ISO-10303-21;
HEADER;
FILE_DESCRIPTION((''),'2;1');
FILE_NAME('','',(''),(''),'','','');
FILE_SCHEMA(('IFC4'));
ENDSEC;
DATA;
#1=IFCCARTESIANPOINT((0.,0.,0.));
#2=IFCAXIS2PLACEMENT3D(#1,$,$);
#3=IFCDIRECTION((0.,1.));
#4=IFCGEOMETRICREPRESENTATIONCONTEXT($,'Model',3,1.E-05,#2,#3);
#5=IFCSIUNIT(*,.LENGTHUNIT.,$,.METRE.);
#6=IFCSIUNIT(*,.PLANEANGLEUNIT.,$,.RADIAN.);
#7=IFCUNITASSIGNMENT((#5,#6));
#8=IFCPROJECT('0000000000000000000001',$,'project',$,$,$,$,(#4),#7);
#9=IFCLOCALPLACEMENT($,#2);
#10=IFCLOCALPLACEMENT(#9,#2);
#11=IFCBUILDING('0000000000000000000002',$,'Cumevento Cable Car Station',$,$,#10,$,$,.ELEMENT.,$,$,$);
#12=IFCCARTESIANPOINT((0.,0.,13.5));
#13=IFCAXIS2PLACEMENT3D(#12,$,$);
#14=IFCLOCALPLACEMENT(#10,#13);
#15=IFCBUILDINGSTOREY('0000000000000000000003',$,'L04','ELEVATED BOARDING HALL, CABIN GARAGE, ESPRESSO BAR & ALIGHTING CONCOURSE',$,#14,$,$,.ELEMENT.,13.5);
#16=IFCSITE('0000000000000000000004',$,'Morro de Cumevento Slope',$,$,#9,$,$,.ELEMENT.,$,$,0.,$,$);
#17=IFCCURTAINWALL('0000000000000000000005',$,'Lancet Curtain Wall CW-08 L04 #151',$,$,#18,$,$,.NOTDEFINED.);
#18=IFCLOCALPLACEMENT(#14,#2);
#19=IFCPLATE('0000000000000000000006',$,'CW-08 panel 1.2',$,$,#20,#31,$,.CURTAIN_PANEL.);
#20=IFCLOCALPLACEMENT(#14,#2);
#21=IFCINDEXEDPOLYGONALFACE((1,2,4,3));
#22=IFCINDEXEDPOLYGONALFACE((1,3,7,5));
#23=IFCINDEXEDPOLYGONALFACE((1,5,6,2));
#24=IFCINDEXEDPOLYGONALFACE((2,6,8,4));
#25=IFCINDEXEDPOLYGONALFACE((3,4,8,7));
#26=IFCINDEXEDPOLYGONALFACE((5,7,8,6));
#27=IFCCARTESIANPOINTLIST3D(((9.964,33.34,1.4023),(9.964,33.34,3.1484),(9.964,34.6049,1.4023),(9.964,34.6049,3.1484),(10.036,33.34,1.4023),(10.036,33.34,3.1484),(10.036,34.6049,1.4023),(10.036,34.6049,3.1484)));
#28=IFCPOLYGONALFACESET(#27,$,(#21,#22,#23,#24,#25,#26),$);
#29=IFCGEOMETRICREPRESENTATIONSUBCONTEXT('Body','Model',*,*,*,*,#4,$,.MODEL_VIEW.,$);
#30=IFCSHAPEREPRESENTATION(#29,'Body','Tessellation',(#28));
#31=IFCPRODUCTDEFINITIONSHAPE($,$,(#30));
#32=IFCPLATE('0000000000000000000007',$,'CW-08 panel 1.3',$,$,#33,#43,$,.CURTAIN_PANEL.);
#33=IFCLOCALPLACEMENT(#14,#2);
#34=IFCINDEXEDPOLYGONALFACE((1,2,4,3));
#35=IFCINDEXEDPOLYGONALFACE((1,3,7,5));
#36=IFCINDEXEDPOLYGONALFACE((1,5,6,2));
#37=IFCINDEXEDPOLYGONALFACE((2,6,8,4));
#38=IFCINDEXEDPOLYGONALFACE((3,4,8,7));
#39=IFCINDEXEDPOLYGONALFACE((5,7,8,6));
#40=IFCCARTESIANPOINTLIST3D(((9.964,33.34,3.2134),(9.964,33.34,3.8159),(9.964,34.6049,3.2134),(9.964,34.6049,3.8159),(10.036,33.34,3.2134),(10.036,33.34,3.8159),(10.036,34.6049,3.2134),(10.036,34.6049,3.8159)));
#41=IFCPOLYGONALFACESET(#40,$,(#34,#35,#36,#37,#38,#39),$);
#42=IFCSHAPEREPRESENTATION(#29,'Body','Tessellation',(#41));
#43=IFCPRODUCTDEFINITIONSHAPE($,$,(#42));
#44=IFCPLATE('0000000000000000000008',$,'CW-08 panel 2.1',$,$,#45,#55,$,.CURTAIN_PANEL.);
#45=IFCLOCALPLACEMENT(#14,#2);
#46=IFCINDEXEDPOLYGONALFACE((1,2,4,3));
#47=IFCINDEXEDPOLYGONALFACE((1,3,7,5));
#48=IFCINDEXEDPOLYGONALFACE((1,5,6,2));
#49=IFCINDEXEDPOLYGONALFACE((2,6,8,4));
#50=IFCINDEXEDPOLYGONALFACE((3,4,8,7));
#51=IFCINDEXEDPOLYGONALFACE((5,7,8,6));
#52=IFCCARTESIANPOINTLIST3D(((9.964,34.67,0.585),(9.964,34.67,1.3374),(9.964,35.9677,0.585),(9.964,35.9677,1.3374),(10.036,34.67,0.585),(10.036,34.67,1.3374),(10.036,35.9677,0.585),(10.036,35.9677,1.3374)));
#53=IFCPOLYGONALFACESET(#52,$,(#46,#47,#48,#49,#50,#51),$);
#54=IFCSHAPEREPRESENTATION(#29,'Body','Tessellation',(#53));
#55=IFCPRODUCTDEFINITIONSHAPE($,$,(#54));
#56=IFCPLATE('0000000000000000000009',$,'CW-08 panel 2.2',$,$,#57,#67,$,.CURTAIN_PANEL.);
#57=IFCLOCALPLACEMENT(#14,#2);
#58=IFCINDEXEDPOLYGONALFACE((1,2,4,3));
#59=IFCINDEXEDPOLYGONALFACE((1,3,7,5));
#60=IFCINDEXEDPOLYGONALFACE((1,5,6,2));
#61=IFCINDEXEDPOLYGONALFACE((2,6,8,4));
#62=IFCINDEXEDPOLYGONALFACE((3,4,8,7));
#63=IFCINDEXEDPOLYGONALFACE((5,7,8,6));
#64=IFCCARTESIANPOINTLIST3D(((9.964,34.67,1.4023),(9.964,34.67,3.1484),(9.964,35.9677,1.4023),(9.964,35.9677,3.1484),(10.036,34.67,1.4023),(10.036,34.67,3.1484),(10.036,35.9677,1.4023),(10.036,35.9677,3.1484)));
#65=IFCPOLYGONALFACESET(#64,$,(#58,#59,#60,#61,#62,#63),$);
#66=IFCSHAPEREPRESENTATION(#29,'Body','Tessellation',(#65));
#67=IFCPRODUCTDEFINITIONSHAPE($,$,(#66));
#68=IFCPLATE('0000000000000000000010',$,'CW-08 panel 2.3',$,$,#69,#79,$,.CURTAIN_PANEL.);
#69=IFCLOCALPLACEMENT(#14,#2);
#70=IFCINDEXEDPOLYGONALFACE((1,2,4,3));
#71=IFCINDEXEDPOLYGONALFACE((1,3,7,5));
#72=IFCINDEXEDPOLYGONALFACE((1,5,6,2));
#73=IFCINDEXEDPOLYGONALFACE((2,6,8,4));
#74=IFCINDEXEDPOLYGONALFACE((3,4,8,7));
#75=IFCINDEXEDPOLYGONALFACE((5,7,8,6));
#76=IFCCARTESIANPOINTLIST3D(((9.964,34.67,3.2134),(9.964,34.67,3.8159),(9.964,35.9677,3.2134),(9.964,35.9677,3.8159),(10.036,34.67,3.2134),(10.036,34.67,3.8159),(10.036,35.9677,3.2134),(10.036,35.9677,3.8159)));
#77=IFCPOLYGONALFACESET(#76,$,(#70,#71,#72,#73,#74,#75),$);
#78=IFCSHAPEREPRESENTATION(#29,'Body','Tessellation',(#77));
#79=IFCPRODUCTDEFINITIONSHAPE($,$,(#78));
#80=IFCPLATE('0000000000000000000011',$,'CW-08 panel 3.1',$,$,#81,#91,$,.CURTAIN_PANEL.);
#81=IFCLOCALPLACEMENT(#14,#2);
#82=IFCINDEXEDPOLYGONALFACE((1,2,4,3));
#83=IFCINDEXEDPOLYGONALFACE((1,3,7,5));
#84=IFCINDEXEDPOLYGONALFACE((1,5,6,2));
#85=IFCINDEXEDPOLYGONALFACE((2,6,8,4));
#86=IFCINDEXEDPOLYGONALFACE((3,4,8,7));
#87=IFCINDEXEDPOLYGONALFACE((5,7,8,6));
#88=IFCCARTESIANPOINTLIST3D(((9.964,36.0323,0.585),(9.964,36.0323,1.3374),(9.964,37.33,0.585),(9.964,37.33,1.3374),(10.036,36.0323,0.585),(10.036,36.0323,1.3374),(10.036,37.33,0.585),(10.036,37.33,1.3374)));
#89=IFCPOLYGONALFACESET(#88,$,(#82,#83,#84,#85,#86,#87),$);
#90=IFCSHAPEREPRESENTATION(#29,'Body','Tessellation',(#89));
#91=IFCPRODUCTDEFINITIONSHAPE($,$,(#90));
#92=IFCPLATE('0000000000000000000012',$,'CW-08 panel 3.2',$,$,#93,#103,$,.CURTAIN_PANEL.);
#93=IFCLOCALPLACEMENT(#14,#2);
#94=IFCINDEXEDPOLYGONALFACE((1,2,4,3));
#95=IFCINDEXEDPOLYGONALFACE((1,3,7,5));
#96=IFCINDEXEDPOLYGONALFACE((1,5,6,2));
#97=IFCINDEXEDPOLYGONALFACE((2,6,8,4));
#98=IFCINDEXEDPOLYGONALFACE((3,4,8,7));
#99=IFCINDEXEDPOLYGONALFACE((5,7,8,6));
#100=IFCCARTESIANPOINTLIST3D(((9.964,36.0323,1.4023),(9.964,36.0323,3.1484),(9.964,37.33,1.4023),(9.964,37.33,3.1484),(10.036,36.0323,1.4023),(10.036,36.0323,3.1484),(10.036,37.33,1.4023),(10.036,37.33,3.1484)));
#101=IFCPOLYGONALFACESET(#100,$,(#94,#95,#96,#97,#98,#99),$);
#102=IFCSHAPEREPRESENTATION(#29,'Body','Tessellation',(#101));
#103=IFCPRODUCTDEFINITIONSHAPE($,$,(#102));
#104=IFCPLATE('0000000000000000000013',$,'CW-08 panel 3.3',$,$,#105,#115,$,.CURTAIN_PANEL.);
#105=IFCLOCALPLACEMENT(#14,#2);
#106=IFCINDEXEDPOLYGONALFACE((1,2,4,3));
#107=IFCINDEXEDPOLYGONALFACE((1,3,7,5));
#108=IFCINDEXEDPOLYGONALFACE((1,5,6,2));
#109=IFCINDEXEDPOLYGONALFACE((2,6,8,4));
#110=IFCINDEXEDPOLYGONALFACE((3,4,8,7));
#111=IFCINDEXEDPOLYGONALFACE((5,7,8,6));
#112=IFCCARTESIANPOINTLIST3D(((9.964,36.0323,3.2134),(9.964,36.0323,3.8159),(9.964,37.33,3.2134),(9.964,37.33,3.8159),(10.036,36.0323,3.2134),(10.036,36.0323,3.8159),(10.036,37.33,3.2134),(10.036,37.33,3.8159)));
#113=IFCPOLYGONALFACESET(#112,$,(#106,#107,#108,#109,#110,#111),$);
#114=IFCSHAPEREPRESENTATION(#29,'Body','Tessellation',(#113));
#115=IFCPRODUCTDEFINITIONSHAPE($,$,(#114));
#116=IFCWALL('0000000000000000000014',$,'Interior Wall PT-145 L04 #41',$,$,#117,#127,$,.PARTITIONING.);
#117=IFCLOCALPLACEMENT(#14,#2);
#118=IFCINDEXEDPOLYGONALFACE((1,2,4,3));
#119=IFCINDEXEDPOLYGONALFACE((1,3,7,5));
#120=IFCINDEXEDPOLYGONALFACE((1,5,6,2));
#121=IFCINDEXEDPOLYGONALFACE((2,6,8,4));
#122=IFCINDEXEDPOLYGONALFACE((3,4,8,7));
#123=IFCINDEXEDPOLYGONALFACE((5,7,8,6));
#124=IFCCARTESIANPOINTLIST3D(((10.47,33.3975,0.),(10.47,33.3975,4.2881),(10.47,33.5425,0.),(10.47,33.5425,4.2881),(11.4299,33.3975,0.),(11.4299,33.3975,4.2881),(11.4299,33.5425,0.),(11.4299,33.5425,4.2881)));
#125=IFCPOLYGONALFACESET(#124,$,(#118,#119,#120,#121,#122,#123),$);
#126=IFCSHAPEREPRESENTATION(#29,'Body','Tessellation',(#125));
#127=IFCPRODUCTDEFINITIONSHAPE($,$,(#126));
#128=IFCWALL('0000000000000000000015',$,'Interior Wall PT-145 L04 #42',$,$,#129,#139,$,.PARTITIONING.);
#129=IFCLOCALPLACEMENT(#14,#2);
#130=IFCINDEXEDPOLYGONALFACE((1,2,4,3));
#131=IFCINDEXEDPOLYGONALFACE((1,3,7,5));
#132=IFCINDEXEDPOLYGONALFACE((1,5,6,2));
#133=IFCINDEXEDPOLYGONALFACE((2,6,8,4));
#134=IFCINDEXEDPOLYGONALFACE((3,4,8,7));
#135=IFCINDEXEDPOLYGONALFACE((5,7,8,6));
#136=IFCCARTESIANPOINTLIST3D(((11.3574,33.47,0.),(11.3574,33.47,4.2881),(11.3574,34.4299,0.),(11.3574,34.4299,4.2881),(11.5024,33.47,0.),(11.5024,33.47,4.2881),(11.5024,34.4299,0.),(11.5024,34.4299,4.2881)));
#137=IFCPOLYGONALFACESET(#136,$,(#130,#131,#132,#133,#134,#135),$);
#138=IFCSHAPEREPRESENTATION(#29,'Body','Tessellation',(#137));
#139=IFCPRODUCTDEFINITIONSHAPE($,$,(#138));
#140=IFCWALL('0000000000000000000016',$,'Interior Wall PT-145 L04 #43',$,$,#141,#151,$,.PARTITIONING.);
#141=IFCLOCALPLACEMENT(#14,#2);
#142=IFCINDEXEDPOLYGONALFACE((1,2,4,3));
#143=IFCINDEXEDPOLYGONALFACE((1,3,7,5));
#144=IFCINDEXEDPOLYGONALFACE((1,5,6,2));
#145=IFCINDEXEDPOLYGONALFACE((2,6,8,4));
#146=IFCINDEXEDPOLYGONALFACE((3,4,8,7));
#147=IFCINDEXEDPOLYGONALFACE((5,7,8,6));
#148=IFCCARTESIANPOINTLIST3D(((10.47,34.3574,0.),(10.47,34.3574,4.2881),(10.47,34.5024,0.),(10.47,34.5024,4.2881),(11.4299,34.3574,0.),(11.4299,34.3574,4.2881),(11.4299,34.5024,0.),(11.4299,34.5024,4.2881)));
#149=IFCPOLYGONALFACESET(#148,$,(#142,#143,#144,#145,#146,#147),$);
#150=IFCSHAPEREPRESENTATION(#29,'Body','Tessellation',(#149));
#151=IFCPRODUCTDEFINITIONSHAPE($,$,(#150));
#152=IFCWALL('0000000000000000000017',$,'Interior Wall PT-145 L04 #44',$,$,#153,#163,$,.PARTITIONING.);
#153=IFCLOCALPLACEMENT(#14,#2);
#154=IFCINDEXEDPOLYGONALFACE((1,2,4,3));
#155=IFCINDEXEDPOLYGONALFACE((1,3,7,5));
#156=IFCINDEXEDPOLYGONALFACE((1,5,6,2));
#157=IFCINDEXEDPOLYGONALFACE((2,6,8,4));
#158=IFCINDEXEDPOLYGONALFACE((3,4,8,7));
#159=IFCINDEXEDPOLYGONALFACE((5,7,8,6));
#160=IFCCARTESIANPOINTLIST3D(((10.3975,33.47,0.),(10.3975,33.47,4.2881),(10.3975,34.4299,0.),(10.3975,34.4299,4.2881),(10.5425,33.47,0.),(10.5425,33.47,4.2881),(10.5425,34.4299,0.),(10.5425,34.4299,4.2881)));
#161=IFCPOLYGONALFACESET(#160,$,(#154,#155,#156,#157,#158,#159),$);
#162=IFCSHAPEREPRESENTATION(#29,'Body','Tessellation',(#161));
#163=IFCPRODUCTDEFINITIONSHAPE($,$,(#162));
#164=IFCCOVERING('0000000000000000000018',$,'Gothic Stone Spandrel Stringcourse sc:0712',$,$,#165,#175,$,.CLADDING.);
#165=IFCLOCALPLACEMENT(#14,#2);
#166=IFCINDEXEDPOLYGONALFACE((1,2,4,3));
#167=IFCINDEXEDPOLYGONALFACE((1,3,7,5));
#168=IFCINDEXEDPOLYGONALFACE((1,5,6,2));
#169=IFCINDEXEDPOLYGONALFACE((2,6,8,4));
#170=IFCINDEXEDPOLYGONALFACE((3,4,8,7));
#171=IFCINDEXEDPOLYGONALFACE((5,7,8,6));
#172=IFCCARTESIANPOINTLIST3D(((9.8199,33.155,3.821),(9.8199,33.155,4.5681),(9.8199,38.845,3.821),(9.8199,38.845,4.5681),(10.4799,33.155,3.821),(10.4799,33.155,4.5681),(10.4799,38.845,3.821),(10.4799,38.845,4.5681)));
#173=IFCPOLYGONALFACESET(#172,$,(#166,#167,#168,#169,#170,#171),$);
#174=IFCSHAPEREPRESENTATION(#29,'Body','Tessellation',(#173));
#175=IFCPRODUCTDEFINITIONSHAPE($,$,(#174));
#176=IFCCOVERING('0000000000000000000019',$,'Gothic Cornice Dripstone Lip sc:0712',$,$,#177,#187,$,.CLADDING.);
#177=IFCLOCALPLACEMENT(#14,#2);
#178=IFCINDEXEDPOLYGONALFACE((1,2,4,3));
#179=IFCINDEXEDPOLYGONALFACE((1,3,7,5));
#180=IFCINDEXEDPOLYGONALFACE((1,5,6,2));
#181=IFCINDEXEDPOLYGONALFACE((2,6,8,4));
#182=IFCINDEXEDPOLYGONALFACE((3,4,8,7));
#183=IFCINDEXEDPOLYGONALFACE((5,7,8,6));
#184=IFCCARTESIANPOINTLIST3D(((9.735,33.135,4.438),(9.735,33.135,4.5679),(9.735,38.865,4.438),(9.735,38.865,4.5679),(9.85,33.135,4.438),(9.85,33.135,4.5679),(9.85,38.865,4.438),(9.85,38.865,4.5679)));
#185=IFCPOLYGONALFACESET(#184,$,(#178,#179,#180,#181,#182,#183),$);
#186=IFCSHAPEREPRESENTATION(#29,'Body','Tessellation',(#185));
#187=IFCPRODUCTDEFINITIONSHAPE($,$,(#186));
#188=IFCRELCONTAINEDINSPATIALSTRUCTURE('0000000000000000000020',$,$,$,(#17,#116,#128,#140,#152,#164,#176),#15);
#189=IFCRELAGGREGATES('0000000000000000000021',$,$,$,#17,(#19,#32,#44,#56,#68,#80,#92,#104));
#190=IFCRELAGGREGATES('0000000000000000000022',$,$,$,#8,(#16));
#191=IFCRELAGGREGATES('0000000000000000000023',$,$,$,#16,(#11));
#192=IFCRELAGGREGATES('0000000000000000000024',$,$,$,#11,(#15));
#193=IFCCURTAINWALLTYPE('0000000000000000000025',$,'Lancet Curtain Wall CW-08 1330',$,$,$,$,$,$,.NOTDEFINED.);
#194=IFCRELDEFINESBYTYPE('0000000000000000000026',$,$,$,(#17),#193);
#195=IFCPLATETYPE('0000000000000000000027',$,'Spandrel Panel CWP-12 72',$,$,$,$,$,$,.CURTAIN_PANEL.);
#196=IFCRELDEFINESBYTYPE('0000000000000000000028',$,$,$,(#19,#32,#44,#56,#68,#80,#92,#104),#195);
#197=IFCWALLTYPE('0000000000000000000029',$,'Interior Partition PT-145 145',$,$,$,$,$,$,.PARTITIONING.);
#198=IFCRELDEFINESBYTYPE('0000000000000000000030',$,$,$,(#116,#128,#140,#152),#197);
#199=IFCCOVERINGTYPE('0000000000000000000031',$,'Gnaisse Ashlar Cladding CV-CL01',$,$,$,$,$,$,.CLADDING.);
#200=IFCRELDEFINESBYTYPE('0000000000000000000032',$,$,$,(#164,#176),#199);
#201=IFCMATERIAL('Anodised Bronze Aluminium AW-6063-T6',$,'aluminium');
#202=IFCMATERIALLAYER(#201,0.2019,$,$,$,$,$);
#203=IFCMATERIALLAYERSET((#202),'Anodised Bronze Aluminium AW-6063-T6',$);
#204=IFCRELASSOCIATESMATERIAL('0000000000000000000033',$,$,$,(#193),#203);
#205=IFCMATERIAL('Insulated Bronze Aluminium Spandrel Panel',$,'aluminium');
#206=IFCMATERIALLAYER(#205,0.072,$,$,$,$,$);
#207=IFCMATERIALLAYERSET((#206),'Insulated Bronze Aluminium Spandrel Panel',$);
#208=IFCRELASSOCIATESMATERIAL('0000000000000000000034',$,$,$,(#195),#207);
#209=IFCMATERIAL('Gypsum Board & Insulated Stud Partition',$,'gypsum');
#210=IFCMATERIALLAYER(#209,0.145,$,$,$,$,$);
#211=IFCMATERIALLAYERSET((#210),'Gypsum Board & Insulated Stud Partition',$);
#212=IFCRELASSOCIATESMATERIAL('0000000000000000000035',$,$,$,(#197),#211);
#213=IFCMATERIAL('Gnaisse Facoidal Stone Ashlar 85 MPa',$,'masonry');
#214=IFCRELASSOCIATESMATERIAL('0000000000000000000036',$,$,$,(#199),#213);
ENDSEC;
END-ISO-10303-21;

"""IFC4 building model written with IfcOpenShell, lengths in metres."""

from ifc_helpers import new_model, si_unit, direction, frame, frame_2d, origin, origin_2d, place, context, subcontext, project, spatial, rectangle, extrude, material, layer, layer_set, type_object, element, aggregate, save


model = new_model("IFC4")

# Units and contexts
model_context = context("Model", 3, precision=1e-05, world=origin(), true_north=direction((0.0, 1.0)))
body_context = subcontext(model_context, "Body", "Model", "MODEL_VIEW")
ifc_project = project(units=[si_unit("LENGTHUNIT", "METRE"), si_unit("PLANEANGLEUNIT", "RADIAN")], contexts=[model_context])

# Site, building, storey
site_placement = place(None, origin())
site = spatial("IfcSite", under=ifc_project, at=site_placement, Name="Morro de Cumevento Slope", CompositionType="ELEMENT", RefElevation=0.0)
building_placement = place(site_placement, origin())
building = spatial("IfcBuilding", under=site, at=building_placement, Name="Cumevento Cable Car Station", CompositionType="ELEMENT")
storey_placement = place(building_placement, frame((0.0, 0.0, 13.5)))
storey = spatial("IfcBuildingStorey", under=building, at=storey_placement, Name="L04", Description="ELEVATED BOARDING HALL, CABIN GARAGE, ESPRESSO BAR & ALIGHTING CONCOURSE", CompositionType="ELEMENT", Elevation=13.5)

# Curtain wall, plates
ifc_material_1 = material(Name="Anodised Bronze Aluminium AW-6063-T6", Category="aluminium")
ifc_layer_1 = layer(ifc_material_1, 0.2019)
ifc_layer_set_1 = layer_set([ifc_layer_1], Name="Anodised Bronze Aluminium AW-6063-T6")
curtain_wall_type = type_object("IfcCurtainWallType", Name="Lancet Curtain Wall CW-08 1330", PredefinedType="NOTDEFINED", material=ifc_layer_set_1)
curtain_wall_placement = place(storey_placement, origin())
curtain_wall = element("IfcCurtainWall", 1, at=curtain_wall_placement, inside=storey, type_object=curtain_wall_type, Name="Lancet Curtain Wall CW-08 L04 #151", PredefinedType="NOTDEFINED")
ifc_material_2 = material(Name="Insulated Bronze Aluminium Spandrel Panel", Category="aluminium")
ifc_layer_2 = layer(ifc_material_2, 0.072)
ifc_layer_set_2 = layer_set([ifc_layer_2], Name="Insulated Bronze Aluminium Spandrel Panel")
plate_type = type_object("IfcPlateType", Name="Spandrel Panel CWP-12 72", PredefinedType="CURTAIN_PANEL", material=ifc_layer_set_2)
plate_1_placement = place(storey_placement, frame((10.0, 33.9724, 1.4023), z_axis=(0.0, 0.0, 1.0), x_axis=(0.0, 1.0, 0.0)))
plate_1 = element("IfcPlate", 2, at=plate_1_placement, type_object=plate_type, Name="CW-08 panel 1.2", PredefinedType="CURTAIN_PANEL", context=body_context, shape_type="SweptSolid", body=[
    extrude(rectangle(XDim=1.2649, YDim=0.072, at=origin_2d()), origin(), (0.0, 0.0, 1.0), 1.7461),
])
plate_2_placement = place(storey_placement, frame((10.0, 33.9724, 3.2134), z_axis=(0.0, 0.0, 1.0), x_axis=(0.0, 1.0, 0.0)))
plate_2 = element("IfcPlate", 3, at=plate_2_placement, type_object=plate_type, Name="CW-08 panel 1.3", PredefinedType="CURTAIN_PANEL", context=body_context, shape_type="SweptSolid", body=[
    extrude(rectangle(XDim=1.2649, YDim=0.072, at=origin_2d()), origin(), (0.0, 0.0, 1.0), 0.6025),
])
plate_3_placement = place(storey_placement, frame((10.0, 35.3188, 0.585), z_axis=(0.0, 0.0, 1.0), x_axis=(0.0, 1.0, 0.0)))
plate_3 = element("IfcPlate", 4, at=plate_3_placement, type_object=plate_type, Name="CW-08 panel 2.1", PredefinedType="CURTAIN_PANEL", context=body_context, shape_type="SweptSolid", body=[
    extrude(rectangle(XDim=1.2976, YDim=0.072, at=origin_2d()), origin(), (0.0, 0.0, 1.0), 0.7524),
])
plate_4_placement = place(storey_placement, frame((10.0, 35.3188, 1.4023), z_axis=(0.0, 0.0, 1.0), x_axis=(0.0, 1.0, 0.0)))
plate_4 = element("IfcPlate", 5, at=plate_4_placement, type_object=plate_type, Name="CW-08 panel 2.2", PredefinedType="CURTAIN_PANEL", context=body_context, shape_type="SweptSolid", body=[
    extrude(rectangle(XDim=1.2976, YDim=0.072, at=origin_2d()), origin(), (0.0, 0.0, 1.0), 1.7461),
])
plate_5_placement = place(storey_placement, frame((10.0, 35.3188, 3.2134), z_axis=(0.0, 0.0, 1.0), x_axis=(0.0, 1.0, 0.0)))
plate_5 = element("IfcPlate", 6, at=plate_5_placement, type_object=plate_type, Name="CW-08 panel 2.3", PredefinedType="CURTAIN_PANEL", context=body_context, shape_type="SweptSolid", body=[
    extrude(rectangle(XDim=1.2976, YDim=0.072, at=origin_2d()), origin(), (0.0, 0.0, 1.0), 0.6025),
])
plate_6_placement = place(storey_placement, frame((10.0, 36.6812, 0.585), z_axis=(0.0, 0.0, 1.0), x_axis=(0.0, 1.0, 0.0)))
plate_6 = element("IfcPlate", 7, at=plate_6_placement, type_object=plate_type, Name="CW-08 panel 3.1", PredefinedType="CURTAIN_PANEL", context=body_context, shape_type="SweptSolid", body=[
    extrude(rectangle(XDim=1.2976, YDim=0.072, at=origin_2d()), origin(), (0.0, 0.0, 1.0), 0.7524),
])
plate_7_placement = place(storey_placement, frame((10.0, 36.6812, 1.4023), z_axis=(0.0, 0.0, 1.0), x_axis=(0.0, 1.0, 0.0)))
plate_7 = element("IfcPlate", 8, at=plate_7_placement, type_object=plate_type, Name="CW-08 panel 3.2", PredefinedType="CURTAIN_PANEL", context=body_context, shape_type="SweptSolid", body=[
    extrude(rectangle(XDim=1.2976, YDim=0.072, at=origin_2d()), origin(), (0.0, 0.0, 1.0), 1.7461),
])
plate_8_placement = place(storey_placement, frame((10.0, 36.6812, 3.2134), z_axis=(0.0, 0.0, 1.0), x_axis=(0.0, 1.0, 0.0)))
plate_8 = element("IfcPlate", 9, at=plate_8_placement, type_object=plate_type, Name="CW-08 panel 3.3", PredefinedType="CURTAIN_PANEL", context=body_context, shape_type="SweptSolid", body=[
    extrude(rectangle(XDim=1.2976, YDim=0.072, at=origin_2d()), origin(), (0.0, 0.0, 1.0), 0.6025),
])
aggregate(curtain_wall, [plate_1, plate_2, plate_3, plate_4, plate_5, plate_6, plate_7, plate_8])

# Walls
ifc_material_3 = material(Name="Gypsum Board & Insulated Stud Partition", Category="gypsum")
ifc_layer_3 = layer(ifc_material_3, 0.145)
ifc_layer_set_3 = layer_set([ifc_layer_3], Name="Gypsum Board & Insulated Stud Partition")
wall_type = type_object("IfcWallType", Name="Interior Partition PT-145 145", PredefinedType="PARTITIONING", material=ifc_layer_set_3)
for number, where, z_axis, x_axis, name in (
    (10, (10.47, 33.47, 0.0), (0.0, 0.0, 1.0), (1.0, 0.0, 0.0), "Interior Wall PT-145 L04 #41"),
    (11, (11.4299, 33.47, 0.0), (0.0, 0.0, 1.0), (0.0, 1.0, 0.0), "Interior Wall PT-145 L04 #42"),
    (12, (11.4299, 34.4299, 0.0), (0.0, 0.0, 1.0), (-1.0, 0.0, 0.0), "Interior Wall PT-145 L04 #43"),
    (13, (10.47, 34.4299, 0.0), (0.0, 0.0, 1.0), (0.0, -1.0, 0.0), "Interior Wall PT-145 L04 #44"),
):
    element("IfcWall", number, at=place(storey_placement, frame(where, z_axis=z_axis, x_axis=x_axis)), inside=storey, type_object=wall_type, Name=name, PredefinedType="PARTITIONING", context=body_context, shape_type="SweptSolid", body=[
        extrude(rectangle(XDim=0.96, YDim=0.145, at=frame_2d((0.48, 0.0))), origin(), (0.0, 0.0, 1.0), 4.2881),
    ])

# Coverings
ifc_material_4 = material(Name="Gnaisse Facoidal Stone Ashlar 85 MPa", Category="masonry")
covering_type = type_object("IfcCoveringType", Name="Gnaisse Ashlar Cladding CV-CL01", PredefinedType="CLADDING", material=ifc_material_4)
covering_1_placement = place(storey_placement, frame((10.1499, 36.0, 3.821), z_axis=(0.0, 0.0, 1.0), x_axis=(0.0, 1.0, 0.0)))
element("IfcCovering", 14, at=covering_1_placement, inside=storey, type_object=covering_type, Name="Gothic Stone Spandrel Stringcourse sc:0712", PredefinedType="CLADDING", context=body_context, shape_type="SweptSolid", body=[
    extrude(rectangle(XDim=5.6899, YDim=0.6599, at=origin_2d()), origin(), (0.0, 0.0, 1.0), 0.7471),
])
covering_2_placement = place(storey_placement, frame((9.7925, 36.0, 4.438), z_axis=(0.0, 0.0, 1.0), x_axis=(0.0, 1.0, 0.0)))
element("IfcCovering", 15, at=covering_2_placement, inside=storey, type_object=covering_type, Name="Gothic Cornice Dripstone Lip sc:0712", PredefinedType="CLADDING", context=body_context, shape_type="SweptSolid", body=[
    extrude(rectangle(XDim=5.73, YDim=0.115, at=origin_2d()), origin(), (0.0, 0.0, 1.0), 0.1299),
])

save(model, "model.ifc")
